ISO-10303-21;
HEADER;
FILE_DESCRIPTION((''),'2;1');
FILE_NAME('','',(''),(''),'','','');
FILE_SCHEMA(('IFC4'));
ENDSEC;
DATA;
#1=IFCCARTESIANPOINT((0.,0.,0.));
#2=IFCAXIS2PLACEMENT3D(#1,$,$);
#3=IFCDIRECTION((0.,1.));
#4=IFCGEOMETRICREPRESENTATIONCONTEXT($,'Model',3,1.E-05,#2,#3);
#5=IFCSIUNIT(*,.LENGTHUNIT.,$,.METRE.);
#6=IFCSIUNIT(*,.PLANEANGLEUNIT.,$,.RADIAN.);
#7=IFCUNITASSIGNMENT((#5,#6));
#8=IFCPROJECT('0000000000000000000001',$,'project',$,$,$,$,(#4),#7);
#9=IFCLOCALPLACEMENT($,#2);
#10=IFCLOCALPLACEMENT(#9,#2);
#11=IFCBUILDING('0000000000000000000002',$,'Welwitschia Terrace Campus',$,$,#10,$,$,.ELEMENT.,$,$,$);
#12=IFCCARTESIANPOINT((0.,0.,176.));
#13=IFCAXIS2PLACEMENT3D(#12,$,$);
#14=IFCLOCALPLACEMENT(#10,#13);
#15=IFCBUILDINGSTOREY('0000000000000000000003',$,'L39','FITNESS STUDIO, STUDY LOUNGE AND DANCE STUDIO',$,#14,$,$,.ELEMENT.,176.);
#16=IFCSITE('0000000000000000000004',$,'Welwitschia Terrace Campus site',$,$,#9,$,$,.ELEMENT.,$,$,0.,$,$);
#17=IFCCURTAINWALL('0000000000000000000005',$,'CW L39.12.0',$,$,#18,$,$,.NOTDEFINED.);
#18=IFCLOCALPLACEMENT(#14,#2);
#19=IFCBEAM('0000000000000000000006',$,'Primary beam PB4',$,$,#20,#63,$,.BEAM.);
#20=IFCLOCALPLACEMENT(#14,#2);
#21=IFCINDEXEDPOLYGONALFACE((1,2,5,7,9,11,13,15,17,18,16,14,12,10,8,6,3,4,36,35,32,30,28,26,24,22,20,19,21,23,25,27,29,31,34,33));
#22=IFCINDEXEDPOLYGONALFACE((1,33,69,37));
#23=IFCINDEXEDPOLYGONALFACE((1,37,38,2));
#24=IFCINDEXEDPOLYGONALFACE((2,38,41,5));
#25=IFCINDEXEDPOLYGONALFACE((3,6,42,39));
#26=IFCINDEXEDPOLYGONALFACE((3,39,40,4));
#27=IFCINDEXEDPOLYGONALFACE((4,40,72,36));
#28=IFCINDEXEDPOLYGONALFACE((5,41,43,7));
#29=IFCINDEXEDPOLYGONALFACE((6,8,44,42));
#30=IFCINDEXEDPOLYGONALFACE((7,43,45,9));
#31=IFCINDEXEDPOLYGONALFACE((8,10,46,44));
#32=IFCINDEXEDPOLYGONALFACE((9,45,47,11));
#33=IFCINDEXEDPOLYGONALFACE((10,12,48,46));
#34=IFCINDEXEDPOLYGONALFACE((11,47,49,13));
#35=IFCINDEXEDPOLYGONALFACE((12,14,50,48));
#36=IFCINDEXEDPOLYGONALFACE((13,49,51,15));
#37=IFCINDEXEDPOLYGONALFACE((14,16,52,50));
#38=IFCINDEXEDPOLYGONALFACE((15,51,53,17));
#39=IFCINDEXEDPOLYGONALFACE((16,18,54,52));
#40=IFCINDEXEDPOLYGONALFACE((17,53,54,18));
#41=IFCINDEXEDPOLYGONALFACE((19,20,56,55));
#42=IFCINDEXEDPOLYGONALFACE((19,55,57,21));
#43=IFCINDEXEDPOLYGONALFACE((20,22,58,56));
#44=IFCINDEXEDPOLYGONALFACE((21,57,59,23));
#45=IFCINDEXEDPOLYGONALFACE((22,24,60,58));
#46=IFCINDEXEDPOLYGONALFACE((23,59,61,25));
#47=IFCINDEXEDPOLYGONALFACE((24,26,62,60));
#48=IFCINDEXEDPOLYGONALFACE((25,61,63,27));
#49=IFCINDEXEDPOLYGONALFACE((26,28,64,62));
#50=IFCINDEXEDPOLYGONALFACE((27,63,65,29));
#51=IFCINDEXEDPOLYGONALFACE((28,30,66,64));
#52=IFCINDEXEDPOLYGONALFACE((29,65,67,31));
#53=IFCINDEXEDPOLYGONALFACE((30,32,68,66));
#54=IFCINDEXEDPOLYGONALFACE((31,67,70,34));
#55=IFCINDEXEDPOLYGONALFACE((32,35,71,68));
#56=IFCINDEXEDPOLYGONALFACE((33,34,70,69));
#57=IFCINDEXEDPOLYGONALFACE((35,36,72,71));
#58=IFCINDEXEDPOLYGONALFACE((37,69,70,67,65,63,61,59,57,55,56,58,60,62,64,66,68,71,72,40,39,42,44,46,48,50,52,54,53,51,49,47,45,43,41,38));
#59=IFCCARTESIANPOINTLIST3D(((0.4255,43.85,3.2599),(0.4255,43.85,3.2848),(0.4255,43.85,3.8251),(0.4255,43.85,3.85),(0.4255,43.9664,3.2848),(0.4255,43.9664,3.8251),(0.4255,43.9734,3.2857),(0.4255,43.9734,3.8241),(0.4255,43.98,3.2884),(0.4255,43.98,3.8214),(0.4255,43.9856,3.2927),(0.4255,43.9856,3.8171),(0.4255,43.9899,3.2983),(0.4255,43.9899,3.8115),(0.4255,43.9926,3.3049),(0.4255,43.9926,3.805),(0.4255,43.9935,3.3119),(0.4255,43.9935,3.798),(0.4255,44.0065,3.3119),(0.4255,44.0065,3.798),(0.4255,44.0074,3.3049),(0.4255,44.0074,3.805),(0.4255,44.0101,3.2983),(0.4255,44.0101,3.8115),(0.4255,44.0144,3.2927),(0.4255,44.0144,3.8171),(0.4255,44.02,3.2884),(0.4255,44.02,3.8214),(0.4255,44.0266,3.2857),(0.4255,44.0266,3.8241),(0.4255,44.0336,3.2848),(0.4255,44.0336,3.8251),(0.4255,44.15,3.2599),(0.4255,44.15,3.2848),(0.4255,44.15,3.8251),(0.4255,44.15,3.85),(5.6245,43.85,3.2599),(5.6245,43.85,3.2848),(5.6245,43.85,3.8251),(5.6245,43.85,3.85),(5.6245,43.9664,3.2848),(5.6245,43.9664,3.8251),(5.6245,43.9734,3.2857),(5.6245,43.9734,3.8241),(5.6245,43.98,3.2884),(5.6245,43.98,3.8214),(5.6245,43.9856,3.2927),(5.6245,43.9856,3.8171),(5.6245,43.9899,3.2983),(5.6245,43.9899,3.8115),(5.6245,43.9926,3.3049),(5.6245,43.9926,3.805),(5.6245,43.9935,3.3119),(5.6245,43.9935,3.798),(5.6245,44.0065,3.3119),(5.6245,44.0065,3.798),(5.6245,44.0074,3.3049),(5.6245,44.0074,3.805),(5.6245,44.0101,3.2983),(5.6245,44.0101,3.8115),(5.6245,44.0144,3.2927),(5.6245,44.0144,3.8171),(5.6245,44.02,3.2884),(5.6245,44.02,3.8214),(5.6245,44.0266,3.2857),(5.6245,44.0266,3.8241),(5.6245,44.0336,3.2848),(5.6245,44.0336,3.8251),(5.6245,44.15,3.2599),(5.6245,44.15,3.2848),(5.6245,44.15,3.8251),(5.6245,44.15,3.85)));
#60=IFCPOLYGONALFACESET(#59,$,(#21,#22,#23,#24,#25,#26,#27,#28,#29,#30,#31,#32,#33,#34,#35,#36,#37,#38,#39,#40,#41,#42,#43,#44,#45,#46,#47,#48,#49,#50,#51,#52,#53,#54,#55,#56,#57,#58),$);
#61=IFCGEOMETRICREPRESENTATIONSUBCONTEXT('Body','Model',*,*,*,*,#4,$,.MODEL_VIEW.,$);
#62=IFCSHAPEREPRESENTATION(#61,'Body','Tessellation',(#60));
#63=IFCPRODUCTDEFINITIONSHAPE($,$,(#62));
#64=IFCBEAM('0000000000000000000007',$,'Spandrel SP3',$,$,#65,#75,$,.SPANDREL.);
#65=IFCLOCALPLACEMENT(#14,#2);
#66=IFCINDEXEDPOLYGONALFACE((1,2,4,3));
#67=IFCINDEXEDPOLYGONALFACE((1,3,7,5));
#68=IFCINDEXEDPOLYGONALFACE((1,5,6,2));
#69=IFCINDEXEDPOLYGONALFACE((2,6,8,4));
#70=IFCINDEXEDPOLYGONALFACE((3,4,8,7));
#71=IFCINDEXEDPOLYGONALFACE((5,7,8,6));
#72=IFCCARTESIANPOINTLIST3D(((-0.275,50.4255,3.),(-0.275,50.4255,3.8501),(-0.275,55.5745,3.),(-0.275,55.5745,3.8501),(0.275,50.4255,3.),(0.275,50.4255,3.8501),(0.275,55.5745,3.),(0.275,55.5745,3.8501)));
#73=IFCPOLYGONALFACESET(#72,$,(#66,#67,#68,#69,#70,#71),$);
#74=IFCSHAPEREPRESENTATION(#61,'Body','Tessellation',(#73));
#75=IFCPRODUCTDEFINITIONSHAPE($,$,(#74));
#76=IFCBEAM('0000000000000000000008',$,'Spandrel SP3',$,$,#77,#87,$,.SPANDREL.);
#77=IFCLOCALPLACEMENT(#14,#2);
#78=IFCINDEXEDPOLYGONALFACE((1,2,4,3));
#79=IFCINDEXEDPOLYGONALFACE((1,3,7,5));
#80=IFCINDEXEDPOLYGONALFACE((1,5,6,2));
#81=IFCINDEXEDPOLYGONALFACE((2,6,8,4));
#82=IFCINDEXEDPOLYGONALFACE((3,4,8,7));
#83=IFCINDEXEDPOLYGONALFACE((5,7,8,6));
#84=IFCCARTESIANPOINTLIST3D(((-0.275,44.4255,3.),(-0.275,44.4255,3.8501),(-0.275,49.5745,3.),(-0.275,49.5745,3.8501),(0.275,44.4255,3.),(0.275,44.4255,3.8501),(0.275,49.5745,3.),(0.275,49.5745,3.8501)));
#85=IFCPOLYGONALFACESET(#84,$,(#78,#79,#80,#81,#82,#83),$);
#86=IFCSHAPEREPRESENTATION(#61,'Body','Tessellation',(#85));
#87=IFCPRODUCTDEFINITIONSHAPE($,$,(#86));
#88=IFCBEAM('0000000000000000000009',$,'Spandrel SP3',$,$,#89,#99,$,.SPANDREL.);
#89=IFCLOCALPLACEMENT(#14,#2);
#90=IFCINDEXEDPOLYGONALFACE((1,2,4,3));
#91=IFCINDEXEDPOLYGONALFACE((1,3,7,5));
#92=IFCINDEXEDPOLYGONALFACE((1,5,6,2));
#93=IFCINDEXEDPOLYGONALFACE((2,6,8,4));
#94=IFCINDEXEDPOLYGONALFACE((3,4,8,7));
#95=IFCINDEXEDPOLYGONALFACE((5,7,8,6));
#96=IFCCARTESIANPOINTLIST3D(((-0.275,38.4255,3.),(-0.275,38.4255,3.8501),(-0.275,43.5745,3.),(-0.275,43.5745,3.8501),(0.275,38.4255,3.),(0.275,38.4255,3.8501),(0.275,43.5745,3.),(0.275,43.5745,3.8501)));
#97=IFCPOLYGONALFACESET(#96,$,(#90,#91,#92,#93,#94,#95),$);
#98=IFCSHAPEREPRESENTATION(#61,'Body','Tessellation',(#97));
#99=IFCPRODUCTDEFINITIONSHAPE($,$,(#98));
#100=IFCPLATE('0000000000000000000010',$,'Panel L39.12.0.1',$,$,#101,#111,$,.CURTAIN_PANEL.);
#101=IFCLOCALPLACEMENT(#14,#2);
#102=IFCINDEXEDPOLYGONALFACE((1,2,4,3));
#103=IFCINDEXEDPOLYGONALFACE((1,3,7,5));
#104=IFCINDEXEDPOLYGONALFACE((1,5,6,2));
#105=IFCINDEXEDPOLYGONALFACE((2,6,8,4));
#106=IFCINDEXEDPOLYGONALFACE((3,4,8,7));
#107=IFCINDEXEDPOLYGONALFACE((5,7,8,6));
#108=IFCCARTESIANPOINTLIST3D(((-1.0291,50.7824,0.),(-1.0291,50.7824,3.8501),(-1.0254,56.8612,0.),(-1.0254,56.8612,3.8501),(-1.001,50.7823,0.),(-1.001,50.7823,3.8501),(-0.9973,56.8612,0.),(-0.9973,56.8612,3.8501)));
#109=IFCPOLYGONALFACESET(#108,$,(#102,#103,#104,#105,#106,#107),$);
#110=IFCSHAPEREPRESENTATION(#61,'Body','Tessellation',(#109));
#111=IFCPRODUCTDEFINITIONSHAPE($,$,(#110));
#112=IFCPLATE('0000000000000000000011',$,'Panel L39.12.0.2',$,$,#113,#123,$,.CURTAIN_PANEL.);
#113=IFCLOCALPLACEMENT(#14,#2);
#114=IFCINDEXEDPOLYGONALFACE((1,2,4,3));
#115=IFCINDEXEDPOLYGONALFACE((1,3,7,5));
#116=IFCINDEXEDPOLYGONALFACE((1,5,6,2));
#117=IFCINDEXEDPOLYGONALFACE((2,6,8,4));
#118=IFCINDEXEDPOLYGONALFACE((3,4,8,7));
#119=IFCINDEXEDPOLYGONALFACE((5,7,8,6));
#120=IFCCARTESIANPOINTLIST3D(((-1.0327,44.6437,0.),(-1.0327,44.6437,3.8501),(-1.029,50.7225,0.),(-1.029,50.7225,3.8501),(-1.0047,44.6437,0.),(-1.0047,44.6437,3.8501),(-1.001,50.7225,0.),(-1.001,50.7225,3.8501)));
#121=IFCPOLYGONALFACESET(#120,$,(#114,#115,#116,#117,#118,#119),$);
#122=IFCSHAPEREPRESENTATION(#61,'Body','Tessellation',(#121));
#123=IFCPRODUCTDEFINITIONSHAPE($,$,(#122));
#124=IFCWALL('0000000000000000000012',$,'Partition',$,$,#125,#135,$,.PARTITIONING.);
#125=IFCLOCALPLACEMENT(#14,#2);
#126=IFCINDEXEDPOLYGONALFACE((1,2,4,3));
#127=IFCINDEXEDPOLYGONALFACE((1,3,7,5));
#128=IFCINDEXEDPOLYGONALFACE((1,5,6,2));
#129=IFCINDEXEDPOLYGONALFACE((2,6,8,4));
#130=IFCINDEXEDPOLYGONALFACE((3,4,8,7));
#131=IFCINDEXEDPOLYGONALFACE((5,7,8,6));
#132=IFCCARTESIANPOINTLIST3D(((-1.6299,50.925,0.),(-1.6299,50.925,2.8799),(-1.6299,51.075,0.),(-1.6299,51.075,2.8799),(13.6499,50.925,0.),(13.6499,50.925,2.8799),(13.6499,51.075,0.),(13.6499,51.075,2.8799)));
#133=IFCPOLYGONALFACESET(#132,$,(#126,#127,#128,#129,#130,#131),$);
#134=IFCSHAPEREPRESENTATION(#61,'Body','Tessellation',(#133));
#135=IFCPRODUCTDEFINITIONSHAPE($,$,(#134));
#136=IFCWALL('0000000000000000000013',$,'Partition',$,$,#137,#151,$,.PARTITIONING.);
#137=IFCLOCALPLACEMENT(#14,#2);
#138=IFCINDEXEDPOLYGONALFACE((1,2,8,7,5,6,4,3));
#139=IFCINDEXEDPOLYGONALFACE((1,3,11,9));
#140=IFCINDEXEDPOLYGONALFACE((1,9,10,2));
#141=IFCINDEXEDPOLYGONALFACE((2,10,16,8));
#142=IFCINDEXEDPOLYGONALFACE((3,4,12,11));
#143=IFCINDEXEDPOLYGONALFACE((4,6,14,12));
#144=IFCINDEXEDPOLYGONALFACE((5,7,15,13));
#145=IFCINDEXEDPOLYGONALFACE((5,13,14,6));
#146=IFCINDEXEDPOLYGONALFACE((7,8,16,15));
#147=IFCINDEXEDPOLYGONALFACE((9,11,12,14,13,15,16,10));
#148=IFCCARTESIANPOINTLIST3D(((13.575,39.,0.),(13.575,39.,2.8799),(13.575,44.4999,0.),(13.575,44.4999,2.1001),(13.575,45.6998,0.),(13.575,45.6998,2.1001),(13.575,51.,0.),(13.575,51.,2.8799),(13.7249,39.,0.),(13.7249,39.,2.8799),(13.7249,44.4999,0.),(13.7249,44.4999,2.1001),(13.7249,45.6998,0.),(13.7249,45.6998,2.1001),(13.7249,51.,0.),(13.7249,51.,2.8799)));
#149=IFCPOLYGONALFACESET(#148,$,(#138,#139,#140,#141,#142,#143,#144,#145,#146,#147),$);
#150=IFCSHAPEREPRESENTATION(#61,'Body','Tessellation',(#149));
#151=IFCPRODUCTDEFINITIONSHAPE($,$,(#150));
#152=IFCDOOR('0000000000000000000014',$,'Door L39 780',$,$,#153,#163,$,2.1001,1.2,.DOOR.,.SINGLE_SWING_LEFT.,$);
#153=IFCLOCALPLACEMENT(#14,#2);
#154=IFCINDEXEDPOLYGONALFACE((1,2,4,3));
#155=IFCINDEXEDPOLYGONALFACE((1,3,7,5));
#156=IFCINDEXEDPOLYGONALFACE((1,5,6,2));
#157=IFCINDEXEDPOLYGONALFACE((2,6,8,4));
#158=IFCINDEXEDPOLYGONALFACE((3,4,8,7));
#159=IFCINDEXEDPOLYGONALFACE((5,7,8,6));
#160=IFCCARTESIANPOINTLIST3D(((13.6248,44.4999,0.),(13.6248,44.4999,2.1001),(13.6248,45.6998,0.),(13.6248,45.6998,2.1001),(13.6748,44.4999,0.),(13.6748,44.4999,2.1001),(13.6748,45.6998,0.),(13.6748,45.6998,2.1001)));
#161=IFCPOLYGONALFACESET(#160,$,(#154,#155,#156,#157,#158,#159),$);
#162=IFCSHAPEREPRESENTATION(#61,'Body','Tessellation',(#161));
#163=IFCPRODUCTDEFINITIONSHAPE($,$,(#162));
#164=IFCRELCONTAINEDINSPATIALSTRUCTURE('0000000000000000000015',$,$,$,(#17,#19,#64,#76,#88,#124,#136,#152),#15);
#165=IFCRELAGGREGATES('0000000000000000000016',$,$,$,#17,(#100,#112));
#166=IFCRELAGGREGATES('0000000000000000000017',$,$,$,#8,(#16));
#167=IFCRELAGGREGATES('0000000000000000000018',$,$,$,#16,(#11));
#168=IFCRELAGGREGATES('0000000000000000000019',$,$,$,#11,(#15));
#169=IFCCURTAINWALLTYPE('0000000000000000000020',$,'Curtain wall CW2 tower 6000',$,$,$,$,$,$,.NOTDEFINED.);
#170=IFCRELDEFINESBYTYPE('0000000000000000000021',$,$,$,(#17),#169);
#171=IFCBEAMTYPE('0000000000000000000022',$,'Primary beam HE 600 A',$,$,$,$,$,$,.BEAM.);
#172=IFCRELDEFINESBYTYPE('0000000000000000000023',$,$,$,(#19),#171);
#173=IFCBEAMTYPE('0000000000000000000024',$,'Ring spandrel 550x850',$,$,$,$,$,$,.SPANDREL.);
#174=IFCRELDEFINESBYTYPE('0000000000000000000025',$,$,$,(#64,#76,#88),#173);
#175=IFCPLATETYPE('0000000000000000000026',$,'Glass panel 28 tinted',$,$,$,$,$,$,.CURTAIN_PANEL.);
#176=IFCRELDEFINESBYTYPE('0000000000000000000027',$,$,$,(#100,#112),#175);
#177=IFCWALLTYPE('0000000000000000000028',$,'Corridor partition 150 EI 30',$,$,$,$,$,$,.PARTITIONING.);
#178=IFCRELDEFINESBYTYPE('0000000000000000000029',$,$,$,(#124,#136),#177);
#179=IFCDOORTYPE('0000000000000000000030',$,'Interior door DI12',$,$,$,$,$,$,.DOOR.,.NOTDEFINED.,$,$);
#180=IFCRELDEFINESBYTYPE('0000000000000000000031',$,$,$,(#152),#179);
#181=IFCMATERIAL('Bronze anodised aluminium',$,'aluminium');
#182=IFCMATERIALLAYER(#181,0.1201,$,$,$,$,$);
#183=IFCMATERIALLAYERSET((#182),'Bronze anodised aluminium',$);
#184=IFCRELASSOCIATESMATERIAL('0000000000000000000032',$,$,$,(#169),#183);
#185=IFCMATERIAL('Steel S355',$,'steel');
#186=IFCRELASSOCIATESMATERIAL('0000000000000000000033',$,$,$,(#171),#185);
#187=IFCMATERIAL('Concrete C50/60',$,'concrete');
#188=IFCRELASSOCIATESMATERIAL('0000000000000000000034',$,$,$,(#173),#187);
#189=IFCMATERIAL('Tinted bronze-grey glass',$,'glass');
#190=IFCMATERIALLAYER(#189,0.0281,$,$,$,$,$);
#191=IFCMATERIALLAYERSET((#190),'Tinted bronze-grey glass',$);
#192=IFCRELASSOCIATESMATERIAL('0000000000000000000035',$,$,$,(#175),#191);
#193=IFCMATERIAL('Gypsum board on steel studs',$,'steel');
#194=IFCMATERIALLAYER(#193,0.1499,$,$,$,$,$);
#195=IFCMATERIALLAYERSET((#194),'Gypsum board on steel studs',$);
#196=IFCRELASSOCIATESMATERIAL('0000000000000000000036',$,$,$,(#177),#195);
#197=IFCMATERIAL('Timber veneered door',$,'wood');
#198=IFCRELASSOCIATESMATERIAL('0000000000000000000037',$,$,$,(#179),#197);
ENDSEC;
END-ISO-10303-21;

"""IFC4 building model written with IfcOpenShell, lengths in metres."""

from ifc_helpers import new_model, si_unit, direction, frame, frame_2d, origin, origin_2d, place, context, subcontext, project, spatial, rectangle, i_section, extrude, material, layer, layer_set, material_profile, profile_set, type_object, element, fill, aggregate, save


model = new_model("IFC4")

# Units and contexts
model_context = context("Model", 3, precision=1e-05, world=origin(), true_north=direction((0.0, 1.0)))
body_context = subcontext(model_context, "Body", "Model", "MODEL_VIEW")
ifc_project = project(units=[si_unit("LENGTHUNIT", "METRE"), si_unit("PLANEANGLEUNIT", "RADIAN")], contexts=[model_context])

# Site, building, storey
site_placement = place(None, origin())
site = spatial("IfcSite", under=ifc_project, at=site_placement, Name="Welwitschia Terrace Campus site", CompositionType="ELEMENT", RefElevation=0.0)
building_placement = place(site_placement, origin())
building = spatial("IfcBuilding", under=site, at=building_placement, Name="Welwitschia Terrace Campus", CompositionType="ELEMENT")
storey_placement = place(building_placement, frame((0.0, 0.0, 176.0)))
storey = spatial("IfcBuildingStorey", under=building, at=storey_placement, Name="L39", Description="FITNESS STUDIO, STUDY LOUNGE AND DANCE STUDIO", CompositionType="ELEMENT", Elevation=176.0)

# Curtain wall
ifc_material_1 = material(Name="Bronze anodised aluminium", Category="aluminium")
ifc_layer_1 = layer(ifc_material_1, 0.1201)
ifc_layer_set_1 = layer_set([ifc_layer_1], Name="Bronze anodised aluminium")
curtain_wall_type = type_object("IfcCurtainWallType", Name="Curtain wall CW2 tower 6000", PredefinedType="NOTDEFINED", material=ifc_layer_set_1)
curtain_wall_placement = place(storey_placement, origin())
curtain_wall = element("IfcCurtainWall", 1, at=curtain_wall_placement, inside=storey, type_object=curtain_wall_type, Name="CW L39.12.0", PredefinedType="NOTDEFINED")

# Beams
ifc_material_2 = material(Name="Steel S355", Category="steel")
ifc_material_profile_1 = material_profile(ifc_material_2, i_section(OverallWidth=0.3, OverallDepth=0.5901, WebThickness=0.0129, FlangeThickness=0.0249, FilletRadius=0.0271, at=origin_2d()))
ifc_profile_set_1 = profile_set([ifc_material_profile_1], Name="Steel S355")
beam_type_1 = type_object("IfcBeamType", Name="Primary beam HE 600 A", PredefinedType="BEAM", material=ifc_profile_set_1)
for number, where, z_axis, x_axis, name in (
    (2, (0.4255, 44.0, 3.5549), (1.0, 0.0, 0.0), (0.0, 1.0, 0.0), "Primary beam PB4"),
):
    element("IfcBeam", number, at=place(storey_placement, frame(where, z_axis=z_axis, x_axis=x_axis)), inside=storey, type_object=beam_type_1, Name=name, PredefinedType="BEAM", context=body_context, shape_type="SweptSolid", body=[
        extrude(i_section(OverallWidth=0.3, OverallDepth=0.5901, WebThickness=0.0129, FlangeThickness=0.0249, FilletRadius=0.0271, at=origin_2d()), origin(), (0.0, 0.0, 1.0), 5.199),
    ])
ifc_material_3 = material(Name="Concrete C50/60", Category="concrete")
ifc_material_profile_2 = material_profile(ifc_material_3, rectangle(XDim=0.55, YDim=0.8501, at=origin_2d()))
ifc_profile_set_2 = profile_set([ifc_material_profile_2], Name="Concrete C50/60")
beam_type_2 = type_object("IfcBeamType", Name="Ring spandrel 550x850", PredefinedType="SPANDREL", material=ifc_profile_set_2)
for number, where, z_axis, x_axis, name in (
    (3, (0.0, 55.5745, 3.425), (0.0, -1.0, 0.0), (1.0, 0.0, 0.0), "Spandrel SP3"),
    (4, (0.0, 49.5745, 3.425), (0.0, -1.0, 0.0), (1.0, 0.0, 0.0), "Spandrel SP3"),
    (5, (0.0, 43.5745, 3.425), (0.0, -1.0, 0.0), (1.0, 0.0, 0.0), "Spandrel SP3"),
):
    element("IfcBeam", number, at=place(storey_placement, frame(where, z_axis=z_axis, x_axis=x_axis)), inside=storey, type_object=beam_type_2, Name=name, PredefinedType="SPANDREL", context=body_context, shape_type="SweptSolid", body=[
        extrude(rectangle(XDim=0.55, YDim=0.8501, at=origin_2d()), origin(), (0.0, 0.0, 1.0), 5.1489),
    ])

# Plates
ifc_material_4 = material(Name="Tinted bronze-grey glass", Category="glass")
ifc_layer_2 = layer(ifc_material_4, 0.0281)
ifc_layer_set_2 = layer_set([ifc_layer_2], Name="Tinted bronze-grey glass")
plate_type = type_object("IfcPlateType", Name="Glass panel 28 tinted", PredefinedType="CURTAIN_PANEL", material=ifc_layer_set_2)
plate_1_placement = place(storey_placement, frame((-1.0132, 53.8218, 0.0), z_axis=(0.0, 0.0, 1.0), x_axis=(-0.000608, -1.0, 0.0)))
plate_1 = element("IfcPlate", 6, at=plate_1_placement, type_object=plate_type, Name="Panel L39.12.0.1", PredefinedType="CURTAIN_PANEL", context=body_context, shape_type="SweptSolid", body=[
    extrude(rectangle(XDim=6.0789, YDim=0.0281, at=origin_2d()), origin(), (0.0, 0.0, 1.0), 3.8501),
])
plate_2_placement = place(storey_placement, frame((-1.0168, 47.6831, 0.0), z_axis=(0.0, 0.0, 1.0), x_axis=(-0.000608, -1.0, 0.0)))
plate_2 = element("IfcPlate", 7, at=plate_2_placement, type_object=plate_type, Name="Panel L39.12.0.2", PredefinedType="CURTAIN_PANEL", context=body_context, shape_type="SweptSolid", body=[
    extrude(rectangle(XDim=6.0789, YDim=0.0281, at=origin_2d()), origin(), (0.0, 0.0, 1.0), 3.8501),
])
aggregate(curtain_wall, [plate_1, plate_2])

# Wall
ifc_material_5 = material(Name="Gypsum board on steel studs", Category="steel")
ifc_layer_3 = layer(ifc_material_5, 0.1499)
ifc_layer_set_3 = layer_set([ifc_layer_3], Name="Gypsum board on steel studs")
wall_type = type_object("IfcWallType", Name="Corridor partition 150 EI 30", PredefinedType="PARTITIONING", material=ifc_layer_set_3)
wall_1_placement = place(storey_placement, frame((-1.6299, 51.0, 0.0), z_axis=(0.0, 0.0, 1.0), x_axis=(1.0, 0.0, 0.0)))
element("IfcWall", 8, at=wall_1_placement, inside=storey, type_object=wall_type, Name="Partition", PredefinedType="PARTITIONING", context=body_context, shape_type="SweptSolid", body=[
    extrude(rectangle(XDim=15.2798, YDim=0.1499, at=frame_2d((7.6399, 0.0))), origin(), (0.0, 0.0, 1.0), 2.8799),
])

# Wall, opening, door
wall_2_placement = place(storey_placement, frame((13.6499, 51.0, 0.0), z_axis=(0.0, 0.0, 1.0), x_axis=(0.0, -1.0, 0.0)))
wall_2 = element("IfcWall", 9, at=wall_2_placement, inside=storey, type_object=wall_type, Name="Partition", PredefinedType="PARTITIONING", context=body_context, shape_type="SweptSolid", body=[
    extrude(rectangle(XDim=12.0, YDim=0.1499, at=frame_2d((6.0, 0.0))), origin(), (0.0, 0.0, 1.0), 2.8799),
])
opening_1_placement = place(wall_2_placement, frame((5.3, 0.0, 0.0)))
opening_1 = element("IfcOpeningElement", 10, at=opening_1_placement, cuts=wall_2, PredefinedType="OPENING", context=body_context, shape_type="SweptSolid", body=[
    extrude(rectangle(XDim=1.2, YDim=2.1001, at=frame_2d((0.6001, 1.05))), frame((0.0, 0.085, 0.0), z_axis=(0.0, -1.0, 0.0), x_axis=(1.0, 0.0, 0.0)), (0.0, 0.0, 1.0), 0.1699),
])
ifc_material_6 = material(Name="Timber veneered door", Category="wood")
door_type_1 = type_object("IfcDoorType", Name="Interior door DI12", OperationType="NOTDEFINED", PredefinedType="DOOR", material=ifc_material_6)
door_1_placement = place(opening_1_placement, origin())
door_1 = element("IfcDoor", 11, at=door_1_placement, inside=storey, type_object=door_type_1, Name="Door L39 780", OperationType="SINGLE_SWING_LEFT", OverallHeight=2.1001, OverallWidth=1.2, PredefinedType="DOOR", context=body_context, shape_type="SweptSolid", body=[
    extrude(rectangle(XDim=1.2, YDim=2.1001, at=frame_2d((0.6001, 1.05))), frame((0.0, 0.0249, 0.0), z_axis=(0.0, -1.0, 0.0), x_axis=(1.0, 0.0, 0.0)), (0.0, 0.0, 1.0), 0.05),
])
fill(opening_1, door_1)

save(model, "model.ifc")
